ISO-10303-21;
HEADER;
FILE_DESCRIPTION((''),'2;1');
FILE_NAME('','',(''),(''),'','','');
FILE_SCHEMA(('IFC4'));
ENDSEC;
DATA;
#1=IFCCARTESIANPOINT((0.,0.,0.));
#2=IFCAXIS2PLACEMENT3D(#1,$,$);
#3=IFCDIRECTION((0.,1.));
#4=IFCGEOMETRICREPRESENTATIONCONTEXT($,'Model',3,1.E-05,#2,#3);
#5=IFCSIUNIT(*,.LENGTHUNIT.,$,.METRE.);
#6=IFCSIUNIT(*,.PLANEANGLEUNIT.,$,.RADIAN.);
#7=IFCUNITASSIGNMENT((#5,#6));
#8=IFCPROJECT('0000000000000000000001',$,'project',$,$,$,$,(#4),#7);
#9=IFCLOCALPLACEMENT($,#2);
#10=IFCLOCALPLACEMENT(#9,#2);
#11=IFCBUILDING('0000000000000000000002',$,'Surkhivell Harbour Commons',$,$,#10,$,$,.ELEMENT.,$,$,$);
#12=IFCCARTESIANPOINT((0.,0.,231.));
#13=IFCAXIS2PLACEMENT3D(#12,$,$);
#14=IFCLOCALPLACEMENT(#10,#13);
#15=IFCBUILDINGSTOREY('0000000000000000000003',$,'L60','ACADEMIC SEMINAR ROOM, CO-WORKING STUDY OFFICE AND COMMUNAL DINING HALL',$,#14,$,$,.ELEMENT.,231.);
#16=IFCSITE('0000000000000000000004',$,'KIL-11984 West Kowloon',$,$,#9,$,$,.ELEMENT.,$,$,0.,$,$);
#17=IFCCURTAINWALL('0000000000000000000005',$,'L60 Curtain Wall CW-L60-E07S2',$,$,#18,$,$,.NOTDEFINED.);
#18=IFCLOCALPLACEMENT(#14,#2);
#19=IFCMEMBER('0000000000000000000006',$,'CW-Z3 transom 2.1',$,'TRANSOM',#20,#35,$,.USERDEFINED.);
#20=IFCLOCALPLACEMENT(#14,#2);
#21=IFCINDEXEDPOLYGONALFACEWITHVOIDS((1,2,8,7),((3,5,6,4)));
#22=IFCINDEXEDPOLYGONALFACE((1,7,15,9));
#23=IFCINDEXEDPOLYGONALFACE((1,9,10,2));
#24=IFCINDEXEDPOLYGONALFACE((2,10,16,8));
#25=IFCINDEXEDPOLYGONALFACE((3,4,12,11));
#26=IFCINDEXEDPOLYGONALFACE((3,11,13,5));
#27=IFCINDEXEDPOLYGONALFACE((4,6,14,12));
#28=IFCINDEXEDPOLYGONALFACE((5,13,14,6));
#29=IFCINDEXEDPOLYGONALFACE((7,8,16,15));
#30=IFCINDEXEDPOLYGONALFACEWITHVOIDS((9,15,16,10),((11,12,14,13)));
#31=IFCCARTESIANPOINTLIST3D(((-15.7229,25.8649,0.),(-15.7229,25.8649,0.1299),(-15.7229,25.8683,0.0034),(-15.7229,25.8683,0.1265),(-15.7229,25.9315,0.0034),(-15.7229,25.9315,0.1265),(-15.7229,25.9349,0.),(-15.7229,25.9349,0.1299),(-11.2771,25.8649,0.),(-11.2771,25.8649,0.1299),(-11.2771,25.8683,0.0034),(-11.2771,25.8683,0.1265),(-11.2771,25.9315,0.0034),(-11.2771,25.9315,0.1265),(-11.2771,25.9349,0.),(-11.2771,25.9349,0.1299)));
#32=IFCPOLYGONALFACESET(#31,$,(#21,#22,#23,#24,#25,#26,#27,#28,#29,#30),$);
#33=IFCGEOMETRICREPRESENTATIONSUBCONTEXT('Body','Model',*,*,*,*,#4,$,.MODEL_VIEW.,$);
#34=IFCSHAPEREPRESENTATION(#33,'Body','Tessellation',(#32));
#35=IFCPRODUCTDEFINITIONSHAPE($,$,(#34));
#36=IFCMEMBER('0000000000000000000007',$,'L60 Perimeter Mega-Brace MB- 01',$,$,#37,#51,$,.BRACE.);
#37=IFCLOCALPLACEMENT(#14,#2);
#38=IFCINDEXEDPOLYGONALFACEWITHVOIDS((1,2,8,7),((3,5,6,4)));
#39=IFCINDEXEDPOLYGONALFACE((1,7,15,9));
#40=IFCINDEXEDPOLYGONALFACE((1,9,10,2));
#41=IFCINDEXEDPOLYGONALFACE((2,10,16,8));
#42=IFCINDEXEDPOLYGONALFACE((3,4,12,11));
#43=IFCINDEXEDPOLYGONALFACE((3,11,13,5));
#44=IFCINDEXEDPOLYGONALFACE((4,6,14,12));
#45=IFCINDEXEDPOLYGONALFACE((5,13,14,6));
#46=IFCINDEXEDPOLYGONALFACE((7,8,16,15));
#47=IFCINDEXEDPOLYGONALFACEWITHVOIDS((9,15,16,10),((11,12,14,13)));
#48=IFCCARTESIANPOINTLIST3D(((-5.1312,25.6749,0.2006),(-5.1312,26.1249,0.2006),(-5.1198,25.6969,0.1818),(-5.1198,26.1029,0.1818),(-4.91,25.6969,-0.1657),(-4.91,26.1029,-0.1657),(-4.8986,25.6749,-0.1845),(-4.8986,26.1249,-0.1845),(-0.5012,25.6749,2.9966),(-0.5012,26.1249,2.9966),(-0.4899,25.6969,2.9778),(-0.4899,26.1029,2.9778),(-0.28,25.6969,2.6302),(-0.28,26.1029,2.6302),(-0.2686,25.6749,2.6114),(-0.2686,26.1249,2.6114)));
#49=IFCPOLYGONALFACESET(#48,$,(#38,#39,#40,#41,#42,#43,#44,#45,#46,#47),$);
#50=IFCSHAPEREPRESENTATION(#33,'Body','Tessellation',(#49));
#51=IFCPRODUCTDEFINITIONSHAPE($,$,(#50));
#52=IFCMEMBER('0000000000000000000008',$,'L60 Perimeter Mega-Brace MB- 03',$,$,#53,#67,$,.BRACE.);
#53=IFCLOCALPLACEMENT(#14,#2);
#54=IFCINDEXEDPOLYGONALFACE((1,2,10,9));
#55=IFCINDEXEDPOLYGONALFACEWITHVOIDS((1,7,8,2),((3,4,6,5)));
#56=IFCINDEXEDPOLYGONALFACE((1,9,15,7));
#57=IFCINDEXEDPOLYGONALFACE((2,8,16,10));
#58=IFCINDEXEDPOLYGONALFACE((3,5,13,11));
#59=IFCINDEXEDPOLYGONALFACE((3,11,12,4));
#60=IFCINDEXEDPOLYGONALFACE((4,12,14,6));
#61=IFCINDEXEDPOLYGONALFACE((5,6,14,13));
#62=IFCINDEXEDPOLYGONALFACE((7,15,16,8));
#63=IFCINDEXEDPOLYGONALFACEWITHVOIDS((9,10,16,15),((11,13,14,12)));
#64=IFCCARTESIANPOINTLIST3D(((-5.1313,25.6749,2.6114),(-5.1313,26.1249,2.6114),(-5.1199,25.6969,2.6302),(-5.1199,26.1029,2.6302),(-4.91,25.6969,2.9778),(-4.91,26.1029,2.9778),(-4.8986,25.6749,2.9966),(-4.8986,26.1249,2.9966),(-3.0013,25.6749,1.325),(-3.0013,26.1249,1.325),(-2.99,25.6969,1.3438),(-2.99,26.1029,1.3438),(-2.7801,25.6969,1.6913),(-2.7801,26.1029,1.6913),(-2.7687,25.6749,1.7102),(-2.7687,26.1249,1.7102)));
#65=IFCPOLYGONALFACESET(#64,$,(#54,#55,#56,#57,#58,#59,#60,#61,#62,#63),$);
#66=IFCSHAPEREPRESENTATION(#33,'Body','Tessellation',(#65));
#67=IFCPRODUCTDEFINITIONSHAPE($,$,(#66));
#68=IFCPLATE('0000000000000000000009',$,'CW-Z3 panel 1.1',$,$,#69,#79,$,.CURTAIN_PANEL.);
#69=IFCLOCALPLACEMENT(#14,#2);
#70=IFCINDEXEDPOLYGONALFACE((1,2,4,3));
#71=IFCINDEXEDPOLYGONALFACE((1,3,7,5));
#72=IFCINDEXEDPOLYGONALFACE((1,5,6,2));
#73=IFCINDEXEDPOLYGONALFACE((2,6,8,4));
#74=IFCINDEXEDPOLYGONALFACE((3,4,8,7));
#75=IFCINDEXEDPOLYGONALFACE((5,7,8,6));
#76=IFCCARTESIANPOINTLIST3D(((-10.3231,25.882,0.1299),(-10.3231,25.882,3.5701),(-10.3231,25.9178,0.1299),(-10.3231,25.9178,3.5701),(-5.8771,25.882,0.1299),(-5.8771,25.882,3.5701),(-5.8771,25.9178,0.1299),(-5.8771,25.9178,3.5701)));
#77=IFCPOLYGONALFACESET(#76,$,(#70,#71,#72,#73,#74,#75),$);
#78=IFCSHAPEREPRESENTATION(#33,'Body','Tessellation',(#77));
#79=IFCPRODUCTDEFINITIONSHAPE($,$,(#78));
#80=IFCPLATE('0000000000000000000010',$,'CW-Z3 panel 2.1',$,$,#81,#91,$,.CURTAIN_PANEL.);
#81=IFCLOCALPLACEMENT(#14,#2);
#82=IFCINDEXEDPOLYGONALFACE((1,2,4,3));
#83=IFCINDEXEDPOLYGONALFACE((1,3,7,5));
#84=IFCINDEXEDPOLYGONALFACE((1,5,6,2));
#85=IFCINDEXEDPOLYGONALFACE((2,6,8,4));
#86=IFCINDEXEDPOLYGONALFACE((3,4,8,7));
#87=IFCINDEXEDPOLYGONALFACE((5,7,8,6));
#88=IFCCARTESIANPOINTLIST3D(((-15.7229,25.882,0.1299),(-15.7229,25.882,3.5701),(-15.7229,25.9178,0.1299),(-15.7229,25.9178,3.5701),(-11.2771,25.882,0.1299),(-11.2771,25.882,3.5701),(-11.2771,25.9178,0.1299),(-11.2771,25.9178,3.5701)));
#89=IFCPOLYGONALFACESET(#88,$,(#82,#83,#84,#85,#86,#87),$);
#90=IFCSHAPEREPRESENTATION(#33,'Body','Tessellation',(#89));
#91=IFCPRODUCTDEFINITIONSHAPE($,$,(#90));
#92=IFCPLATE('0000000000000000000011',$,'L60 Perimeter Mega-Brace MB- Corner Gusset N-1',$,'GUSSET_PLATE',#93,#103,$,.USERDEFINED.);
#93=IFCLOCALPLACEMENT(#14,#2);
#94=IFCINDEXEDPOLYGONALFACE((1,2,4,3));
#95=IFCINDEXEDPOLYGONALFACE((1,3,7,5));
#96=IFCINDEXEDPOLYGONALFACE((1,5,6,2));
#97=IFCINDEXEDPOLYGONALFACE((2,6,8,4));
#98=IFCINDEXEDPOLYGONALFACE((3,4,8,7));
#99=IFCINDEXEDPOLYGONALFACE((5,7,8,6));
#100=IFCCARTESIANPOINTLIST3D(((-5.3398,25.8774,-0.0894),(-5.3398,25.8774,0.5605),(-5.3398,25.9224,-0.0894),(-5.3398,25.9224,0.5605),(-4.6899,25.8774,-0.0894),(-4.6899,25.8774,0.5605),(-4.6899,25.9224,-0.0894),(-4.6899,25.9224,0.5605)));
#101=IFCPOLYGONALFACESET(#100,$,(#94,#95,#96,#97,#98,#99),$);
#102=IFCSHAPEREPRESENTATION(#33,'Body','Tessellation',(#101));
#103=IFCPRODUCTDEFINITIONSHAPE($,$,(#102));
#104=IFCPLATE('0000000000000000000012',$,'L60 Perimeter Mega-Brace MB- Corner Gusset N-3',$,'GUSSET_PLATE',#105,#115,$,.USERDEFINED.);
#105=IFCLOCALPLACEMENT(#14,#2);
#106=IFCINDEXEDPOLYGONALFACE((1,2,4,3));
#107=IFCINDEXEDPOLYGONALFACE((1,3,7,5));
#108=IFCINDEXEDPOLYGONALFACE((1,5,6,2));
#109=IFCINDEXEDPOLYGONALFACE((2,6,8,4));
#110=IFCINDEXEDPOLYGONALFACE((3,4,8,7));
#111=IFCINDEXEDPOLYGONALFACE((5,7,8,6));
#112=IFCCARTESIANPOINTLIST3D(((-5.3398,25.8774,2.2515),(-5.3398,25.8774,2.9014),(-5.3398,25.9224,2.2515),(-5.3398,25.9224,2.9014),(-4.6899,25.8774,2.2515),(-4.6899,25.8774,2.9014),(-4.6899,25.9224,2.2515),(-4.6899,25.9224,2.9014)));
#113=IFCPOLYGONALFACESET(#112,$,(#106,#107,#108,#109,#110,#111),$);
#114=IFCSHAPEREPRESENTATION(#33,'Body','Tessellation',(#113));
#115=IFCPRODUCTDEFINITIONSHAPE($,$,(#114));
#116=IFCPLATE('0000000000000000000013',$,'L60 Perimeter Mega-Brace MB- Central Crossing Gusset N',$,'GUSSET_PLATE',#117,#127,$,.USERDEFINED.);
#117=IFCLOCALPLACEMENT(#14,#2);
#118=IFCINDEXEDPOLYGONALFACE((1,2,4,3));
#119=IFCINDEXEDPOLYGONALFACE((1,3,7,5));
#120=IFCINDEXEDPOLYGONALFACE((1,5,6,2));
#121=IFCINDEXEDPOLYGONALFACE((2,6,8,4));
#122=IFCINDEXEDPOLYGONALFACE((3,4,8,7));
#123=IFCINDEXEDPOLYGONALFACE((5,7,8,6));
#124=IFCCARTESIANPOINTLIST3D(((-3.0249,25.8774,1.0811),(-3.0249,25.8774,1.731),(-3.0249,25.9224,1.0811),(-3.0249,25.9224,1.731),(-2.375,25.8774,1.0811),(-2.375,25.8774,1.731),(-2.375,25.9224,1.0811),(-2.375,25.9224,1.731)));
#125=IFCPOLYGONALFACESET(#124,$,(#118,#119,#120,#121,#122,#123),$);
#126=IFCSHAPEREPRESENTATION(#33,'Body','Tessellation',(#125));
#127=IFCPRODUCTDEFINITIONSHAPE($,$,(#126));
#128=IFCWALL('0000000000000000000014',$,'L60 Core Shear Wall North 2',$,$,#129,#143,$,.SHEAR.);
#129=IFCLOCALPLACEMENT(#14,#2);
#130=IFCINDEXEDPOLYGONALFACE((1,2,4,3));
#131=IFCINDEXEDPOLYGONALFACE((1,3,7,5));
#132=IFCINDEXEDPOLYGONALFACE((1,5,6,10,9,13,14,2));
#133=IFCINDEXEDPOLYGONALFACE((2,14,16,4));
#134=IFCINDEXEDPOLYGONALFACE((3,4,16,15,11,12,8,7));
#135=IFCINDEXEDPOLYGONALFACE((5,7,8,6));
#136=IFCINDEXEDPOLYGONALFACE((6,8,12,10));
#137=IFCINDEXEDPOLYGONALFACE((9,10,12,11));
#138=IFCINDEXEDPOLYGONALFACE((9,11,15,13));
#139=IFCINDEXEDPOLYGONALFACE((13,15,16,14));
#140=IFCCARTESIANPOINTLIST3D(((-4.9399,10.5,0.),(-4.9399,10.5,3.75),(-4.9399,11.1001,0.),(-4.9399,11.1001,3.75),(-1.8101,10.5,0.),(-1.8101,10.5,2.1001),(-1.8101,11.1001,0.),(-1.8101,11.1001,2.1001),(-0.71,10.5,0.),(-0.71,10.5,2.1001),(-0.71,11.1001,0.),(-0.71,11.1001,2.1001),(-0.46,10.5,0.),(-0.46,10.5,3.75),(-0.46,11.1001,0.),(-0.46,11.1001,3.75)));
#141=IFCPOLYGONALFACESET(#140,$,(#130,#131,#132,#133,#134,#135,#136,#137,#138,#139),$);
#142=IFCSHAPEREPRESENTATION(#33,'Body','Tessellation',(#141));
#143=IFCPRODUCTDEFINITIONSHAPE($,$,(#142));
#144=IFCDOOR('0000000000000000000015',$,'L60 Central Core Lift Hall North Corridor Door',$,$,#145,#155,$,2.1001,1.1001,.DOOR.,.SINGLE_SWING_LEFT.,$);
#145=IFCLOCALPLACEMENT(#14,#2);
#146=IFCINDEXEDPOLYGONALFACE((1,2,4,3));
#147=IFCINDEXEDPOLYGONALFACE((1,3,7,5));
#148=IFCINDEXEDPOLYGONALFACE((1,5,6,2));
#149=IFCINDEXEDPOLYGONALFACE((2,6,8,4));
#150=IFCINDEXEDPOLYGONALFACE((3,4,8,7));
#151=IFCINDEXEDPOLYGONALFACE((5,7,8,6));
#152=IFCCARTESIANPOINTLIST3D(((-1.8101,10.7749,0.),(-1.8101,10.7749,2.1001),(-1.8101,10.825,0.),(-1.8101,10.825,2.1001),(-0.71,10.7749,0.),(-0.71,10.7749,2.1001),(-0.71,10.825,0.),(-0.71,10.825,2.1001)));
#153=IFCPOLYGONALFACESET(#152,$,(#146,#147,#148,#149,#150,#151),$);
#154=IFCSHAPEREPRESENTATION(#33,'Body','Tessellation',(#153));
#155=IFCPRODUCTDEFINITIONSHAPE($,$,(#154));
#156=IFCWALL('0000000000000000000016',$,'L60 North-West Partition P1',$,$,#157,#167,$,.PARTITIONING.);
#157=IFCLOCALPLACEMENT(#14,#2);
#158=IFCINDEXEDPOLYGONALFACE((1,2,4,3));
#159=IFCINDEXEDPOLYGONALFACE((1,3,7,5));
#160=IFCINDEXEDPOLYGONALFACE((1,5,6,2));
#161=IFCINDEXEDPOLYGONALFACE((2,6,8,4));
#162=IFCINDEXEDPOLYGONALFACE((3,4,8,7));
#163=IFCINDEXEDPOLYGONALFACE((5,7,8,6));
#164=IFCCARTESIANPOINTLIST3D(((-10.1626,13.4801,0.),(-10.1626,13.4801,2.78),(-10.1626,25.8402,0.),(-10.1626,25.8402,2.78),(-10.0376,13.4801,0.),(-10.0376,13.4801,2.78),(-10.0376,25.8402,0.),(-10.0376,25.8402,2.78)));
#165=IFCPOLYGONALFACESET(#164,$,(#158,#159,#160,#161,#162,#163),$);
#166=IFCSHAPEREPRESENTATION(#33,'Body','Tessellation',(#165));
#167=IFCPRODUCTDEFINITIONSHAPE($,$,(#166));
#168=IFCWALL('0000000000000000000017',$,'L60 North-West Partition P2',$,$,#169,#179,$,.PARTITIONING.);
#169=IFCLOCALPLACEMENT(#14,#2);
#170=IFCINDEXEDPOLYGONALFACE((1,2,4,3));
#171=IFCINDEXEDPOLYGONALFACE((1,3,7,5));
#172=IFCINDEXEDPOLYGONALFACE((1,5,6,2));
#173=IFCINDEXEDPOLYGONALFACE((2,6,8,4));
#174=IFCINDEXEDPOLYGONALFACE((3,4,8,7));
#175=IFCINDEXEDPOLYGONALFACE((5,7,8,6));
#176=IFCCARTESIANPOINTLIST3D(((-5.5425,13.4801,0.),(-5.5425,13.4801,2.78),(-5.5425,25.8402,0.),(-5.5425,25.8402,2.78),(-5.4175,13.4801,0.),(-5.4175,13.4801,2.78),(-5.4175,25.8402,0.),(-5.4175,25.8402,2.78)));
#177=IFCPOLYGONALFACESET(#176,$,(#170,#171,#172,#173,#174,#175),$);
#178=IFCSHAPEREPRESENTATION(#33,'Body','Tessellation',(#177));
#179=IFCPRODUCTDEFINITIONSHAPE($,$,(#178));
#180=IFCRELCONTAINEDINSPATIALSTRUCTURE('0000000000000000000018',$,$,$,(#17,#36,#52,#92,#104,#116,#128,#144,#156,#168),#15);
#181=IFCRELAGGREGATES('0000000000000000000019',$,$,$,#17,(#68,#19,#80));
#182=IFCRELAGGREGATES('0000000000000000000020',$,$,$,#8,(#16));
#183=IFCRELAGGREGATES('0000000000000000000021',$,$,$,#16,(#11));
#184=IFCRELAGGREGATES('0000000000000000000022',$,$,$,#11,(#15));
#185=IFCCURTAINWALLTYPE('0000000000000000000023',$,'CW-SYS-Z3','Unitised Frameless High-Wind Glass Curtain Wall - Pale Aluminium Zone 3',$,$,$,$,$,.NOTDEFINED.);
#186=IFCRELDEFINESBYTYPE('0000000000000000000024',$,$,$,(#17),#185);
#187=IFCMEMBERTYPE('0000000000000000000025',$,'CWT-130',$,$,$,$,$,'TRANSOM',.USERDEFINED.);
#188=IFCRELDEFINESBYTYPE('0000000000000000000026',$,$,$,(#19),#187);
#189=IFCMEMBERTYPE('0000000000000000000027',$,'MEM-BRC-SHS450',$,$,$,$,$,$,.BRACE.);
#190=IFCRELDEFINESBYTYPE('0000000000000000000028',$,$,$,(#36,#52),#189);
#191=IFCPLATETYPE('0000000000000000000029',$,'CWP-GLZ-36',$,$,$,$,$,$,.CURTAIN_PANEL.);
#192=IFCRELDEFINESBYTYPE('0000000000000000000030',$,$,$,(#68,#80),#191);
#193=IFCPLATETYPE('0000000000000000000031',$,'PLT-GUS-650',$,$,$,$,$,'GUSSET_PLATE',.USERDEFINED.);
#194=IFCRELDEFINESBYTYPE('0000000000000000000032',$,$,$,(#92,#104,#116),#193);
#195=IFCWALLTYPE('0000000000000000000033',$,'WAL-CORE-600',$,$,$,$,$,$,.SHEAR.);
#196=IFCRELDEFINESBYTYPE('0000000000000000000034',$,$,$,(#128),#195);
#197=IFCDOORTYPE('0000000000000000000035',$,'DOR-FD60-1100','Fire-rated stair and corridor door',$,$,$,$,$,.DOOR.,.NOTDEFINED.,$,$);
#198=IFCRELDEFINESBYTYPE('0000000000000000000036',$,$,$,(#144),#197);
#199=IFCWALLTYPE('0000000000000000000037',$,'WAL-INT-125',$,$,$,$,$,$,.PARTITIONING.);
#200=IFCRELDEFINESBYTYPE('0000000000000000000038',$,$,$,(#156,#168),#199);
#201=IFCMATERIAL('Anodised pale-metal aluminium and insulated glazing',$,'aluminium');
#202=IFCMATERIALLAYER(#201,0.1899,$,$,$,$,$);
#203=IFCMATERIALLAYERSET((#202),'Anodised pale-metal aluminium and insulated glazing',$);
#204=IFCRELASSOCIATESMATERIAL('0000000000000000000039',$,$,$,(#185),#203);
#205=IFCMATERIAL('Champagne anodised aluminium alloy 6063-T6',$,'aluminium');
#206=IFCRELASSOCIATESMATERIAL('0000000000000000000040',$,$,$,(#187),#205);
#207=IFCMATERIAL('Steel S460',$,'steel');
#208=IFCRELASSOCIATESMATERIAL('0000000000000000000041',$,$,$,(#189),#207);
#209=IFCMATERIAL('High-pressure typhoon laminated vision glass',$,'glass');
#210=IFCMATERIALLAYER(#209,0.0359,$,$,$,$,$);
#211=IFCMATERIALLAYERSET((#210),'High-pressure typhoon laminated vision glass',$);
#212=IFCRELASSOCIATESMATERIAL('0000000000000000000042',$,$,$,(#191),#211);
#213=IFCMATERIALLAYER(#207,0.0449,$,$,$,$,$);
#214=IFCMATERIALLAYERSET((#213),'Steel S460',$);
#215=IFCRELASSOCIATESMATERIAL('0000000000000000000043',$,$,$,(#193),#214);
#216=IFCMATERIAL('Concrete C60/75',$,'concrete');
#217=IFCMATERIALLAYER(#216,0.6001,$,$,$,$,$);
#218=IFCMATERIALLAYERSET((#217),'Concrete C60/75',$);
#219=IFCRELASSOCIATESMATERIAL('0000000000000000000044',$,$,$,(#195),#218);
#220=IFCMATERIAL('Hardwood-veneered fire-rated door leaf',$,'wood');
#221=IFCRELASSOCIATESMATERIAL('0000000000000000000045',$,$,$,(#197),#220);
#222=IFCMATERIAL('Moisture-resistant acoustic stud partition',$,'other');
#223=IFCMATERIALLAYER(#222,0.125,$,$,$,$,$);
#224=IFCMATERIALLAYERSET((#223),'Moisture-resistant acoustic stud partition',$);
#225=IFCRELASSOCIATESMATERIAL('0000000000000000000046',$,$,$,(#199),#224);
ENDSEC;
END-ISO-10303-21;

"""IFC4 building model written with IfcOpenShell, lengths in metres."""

from ifc_helpers import new_model, si_unit, direction, frame, frame_2d, origin, origin_2d, place, context, subcontext, project, spatial, rectangle, hollow_rectangle, extrude, material, layer, layer_set, material_profile, profile_set, type_object, element, fill, aggregate, save


model = new_model("IFC4")

# Units and contexts
model_context = context("Model", 3, precision=1e-05, world=origin(), true_north=direction((0.0, 1.0)))
body_context = subcontext(model_context, "Body", "Model", "MODEL_VIEW")
ifc_project = project(units=[si_unit("LENGTHUNIT", "METRE"), si_unit("PLANEANGLEUNIT", "RADIAN")], contexts=[model_context])

# Site, building, storey
site_placement = place(None, origin())
site = spatial("IfcSite", under=ifc_project, at=site_placement, Name="KIL-11984 West Kowloon", CompositionType="ELEMENT", RefElevation=0.0)
building_placement = place(site_placement, origin())
building = spatial("IfcBuilding", under=site, at=building_placement, Name="Surkhivell Harbour Commons", CompositionType="ELEMENT")
storey_placement = place(building_placement, frame((0.0, 0.0, 231.0)))
storey = spatial("IfcBuildingStorey", under=building, at=storey_placement, Name="L60", Description="ACADEMIC SEMINAR ROOM, CO-WORKING STUDY OFFICE AND COMMUNAL DINING HALL", CompositionType="ELEMENT", Elevation=231.0)

# Curtain wall, member
ifc_material_1 = material(Name="Anodised pale-metal aluminium and insulated glazing", Category="aluminium")
ifc_layer_1 = layer(ifc_material_1, 0.1899)
ifc_layer_set_1 = layer_set([ifc_layer_1], Name="Anodised pale-metal aluminium and insulated glazing")
curtain_wall_type = type_object("IfcCurtainWallType", Name="CW-SYS-Z3", Description="Unitised Frameless High-Wind Glass Curtain Wall - Pale Aluminium Zone 3", PredefinedType="NOTDEFINED", material=ifc_layer_set_1)
curtain_wall_placement = place(storey_placement, origin())
curtain_wall = element("IfcCurtainWall", 1, at=curtain_wall_placement, inside=storey, type_object=curtain_wall_type, Name="L60 Curtain Wall CW-L60-E07S2", PredefinedType="NOTDEFINED")
ifc_material_2 = material(Name="Champagne anodised aluminium alloy 6063-T6", Category="aluminium")
ifc_material_profile_1 = material_profile(ifc_material_2, hollow_rectangle(XDim=0.0701, YDim=0.1299, WallThickness=0.0034, at=origin_2d()), Name="ALU-TRAN-70x130")
ifc_profile_set_1 = profile_set([ifc_material_profile_1], Name="Champagne anodised aluminium alloy 6063-T6")
member_type_1 = type_object("IfcMemberType", Name="CWT-130", ElementType="TRANSOM", PredefinedType="USERDEFINED", material=ifc_profile_set_1)
member_1_placement = place(storey_placement, frame((-11.2771, 25.8999, 0.0649), z_axis=(-1.0, 0.0, 0.0), x_axis=(0.0, -1.0, 0.0)))
member_1 = element("IfcMember", 2, at=member_1_placement, type_object=member_type_1, Name="CW-Z3 transom 2.1", ObjectType="TRANSOM", PredefinedType="USERDEFINED", context=body_context, shape_type="SweptSolid", body=[
    extrude(hollow_rectangle(XDim=0.0701, YDim=0.1299, WallThickness=0.0034, at=origin_2d()), origin(), (0.0, 0.0, 1.0), 4.4458),
])

# Members
ifc_material_3 = material(Name="Steel S460", Category="steel")
ifc_material_profile_2 = material_profile(ifc_material_3, hollow_rectangle(XDim=0.45, YDim=0.45, WallThickness=0.022, at=origin_2d()), Name="SHS450x450x22")
ifc_profile_set_2 = profile_set([ifc_material_profile_2], Name="Steel S460")
member_type_2 = type_object("IfcMemberType", Name="MEM-BRC-SHS450", PredefinedType="BRACE", material=ifc_profile_set_2)
member_2_placement = place(storey_placement, frame((-5.0149, 25.8999, 0.0081), z_axis=(0.856024, 0.0, 0.516937), x_axis=(0.0, 1.0, 0.0)))
element("IfcMember", 3, at=member_2_placement, inside=storey, type_object=member_type_2, Name="L60 Perimeter Mega-Brace MB- 01", PredefinedType="BRACE", context=body_context, shape_type="SweptSolid", body=[
    extrude(hollow_rectangle(XDim=0.45, YDim=0.45, WallThickness=0.022, at=origin_2d()), origin(), (0.0, 0.0, 1.0), 5.4087),
])
member_3_placement = place(storey_placement, frame((-2.885, 25.8999, 1.5176), z_axis=(-0.855992, 0.0, 0.51699), x_axis=(0.0, -1.0, 0.0)))
element("IfcMember", 4, at=member_3_placement, inside=storey, type_object=member_type_2, Name="L60 Perimeter Mega-Brace MB- 03", PredefinedType="BRACE", context=body_context, shape_type="SweptSolid", body=[
    extrude(hollow_rectangle(XDim=0.45, YDim=0.45, WallThickness=0.022, at=origin_2d()), origin(), (0.0, 0.0, 1.0), 2.4883),
])

# Plates
ifc_material_4 = material(Name="High-pressure typhoon laminated vision glass", Category="glass")
ifc_layer_2 = layer(ifc_material_4, 0.0359)
ifc_layer_set_2 = layer_set([ifc_layer_2], Name="High-pressure typhoon laminated vision glass")
plate_type_1 = type_object("IfcPlateType", Name="CWP-GLZ-36", PredefinedType="CURTAIN_PANEL", material=ifc_layer_set_2)
plate_1_placement = place(storey_placement, frame((-5.877, 25.8999, 0.1299), z_axis=(0.0, 0.0, 1.0), x_axis=(-1.0, 0.0, 0.0)))
plate_1 = element("IfcPlate", 5, at=plate_1_placement, type_object=plate_type_1, Name="CW-Z3 panel 1.1", PredefinedType="CURTAIN_PANEL", context=body_context, shape_type="SweptSolid", body=[
    extrude(rectangle(XDim=4.446, YDim=0.0359, at=frame_2d((2.2231, 0.0))), origin(), (0.0, 0.0, 1.0), 3.4402),
])
plate_2_placement = place(storey_placement, frame((-11.2771, 25.8999, 0.1299), z_axis=(0.0, 0.0, 1.0), x_axis=(-1.0, 0.0, 0.0)))
plate_2 = element("IfcPlate", 6, at=plate_2_placement, type_object=plate_type_1, Name="CW-Z3 panel 2.1", PredefinedType="CURTAIN_PANEL", context=body_context, shape_type="SweptSolid", body=[
    extrude(rectangle(XDim=4.4458, YDim=0.0359, at=frame_2d((2.2229, 0.0))), origin(), (0.0, 0.0, 1.0), 3.4402),
])
aggregate(curtain_wall, [plate_1, member_1, plate_2])

# Plates
ifc_layer_3 = layer(ifc_material_3, 0.0449)
ifc_layer_set_3 = layer_set([ifc_layer_3], Name="Steel S460")
plate_type_2 = type_object("IfcPlateType", Name="PLT-GUS-650", ElementType="GUSSET_PLATE", PredefinedType="USERDEFINED", material=ifc_layer_set_3)
for number, where, z_axis, x_axis, name in (
    (7, (-5.0149, 25.8999, -0.0894), (0.0, 0.0, 1.0), (1.0, 0.0, 0.0), "L60 Perimeter Mega-Brace MB- Corner Gusset N-1"),
    (8, (-5.0149, 25.8999, 2.2515), (0.0, 0.0, 1.0), (1.0, 0.0, 0.0), "L60 Perimeter Mega-Brace MB- Corner Gusset N-3"),
    (9, (-2.7, 25.8999, 1.0811), (0.0, 0.0, 1.0), (1.0, 0.0, 0.0), "L60 Perimeter Mega-Brace MB- Central Crossing Gusset N"),
):
    element("IfcPlate", number, at=place(storey_placement, frame(where, z_axis=z_axis, x_axis=x_axis)), inside=storey, type_object=plate_type_2, Name=name, ObjectType="GUSSET_PLATE", PredefinedType="USERDEFINED", context=body_context, shape_type="SweptSolid", body=[
        extrude(rectangle(XDim=0.6499, YDim=0.0449, at=origin_2d()), origin(), (0.0, 0.0, 1.0), 0.6499),
    ])

# Wall, opening, door
ifc_material_5 = material(Name="Concrete C60/75", Category="concrete")
ifc_layer_4 = layer(ifc_material_5, 0.6001)
ifc_layer_set_4 = layer_set([ifc_layer_4], Name="Concrete C60/75")
wall_type_1 = type_object("IfcWallType", Name="WAL-CORE-600", PredefinedType="SHEAR", material=ifc_layer_set_4)
wall_1_placement = place(storey_placement, frame((-4.9399, 10.8, 0.0), z_axis=(0.0, 0.0, 1.0), x_axis=(1.0, 0.0, 0.0)))
wall_1 = element("IfcWall", 10, at=wall_1_placement, inside=storey, type_object=wall_type_1, Name="L60 Core Shear Wall North 2", PredefinedType="SHEAR", context=body_context, shape_type="SweptSolid", body=[
    extrude(rectangle(XDim=4.48, YDim=0.6001, at=frame_2d((2.24, 0.0))), origin(), (0.0, 0.0, 1.0), 3.75),
])
opening_1_placement = place(wall_1_placement, frame((3.1299, 0.0, 0.0)))
opening_1 = element("IfcOpeningElement", 11, at=opening_1_placement, cuts=wall_1, PredefinedType="OPENING", context=body_context, shape_type="SweptSolid", body=[
    extrude(rectangle(XDim=1.1001, YDim=2.1001, at=frame_2d((0.55, 1.05))), frame((0.0, 0.3101, 0.0), z_axis=(0.0, -1.0, 0.0), x_axis=(1.0, 0.0, 0.0)), (0.0, 0.0, 1.0), 0.6201),
])
ifc_material_6 = material(Name="Hardwood-veneered fire-rated door leaf", Category="wood")
door_type_1 = type_object("IfcDoorType", Name="DOR-FD60-1100", Description="Fire-rated stair and corridor door", OperationType="NOTDEFINED", PredefinedType="DOOR", material=ifc_material_6)
door_1_placement = place(opening_1_placement, origin())
door_1 = element("IfcDoor", 12, at=door_1_placement, inside=storey, type_object=door_type_1, Name="L60 Central Core Lift Hall North Corridor Door", OperationType="SINGLE_SWING_LEFT", OverallHeight=2.1001, OverallWidth=1.1001, PredefinedType="DOOR", context=body_context, shape_type="SweptSolid", body=[
    extrude(rectangle(XDim=1.1001, YDim=2.1001, at=frame_2d((0.55, 1.05))), frame((0.0, 0.0249, 0.0), z_axis=(0.0, -1.0, 0.0), x_axis=(1.0, 0.0, 0.0)), (0.0, 0.0, 1.0), 0.05),
])
fill(opening_1, door_1)

# Walls
ifc_material_7 = material(Name="Moisture-resistant acoustic stud partition", Category="other")
ifc_layer_5 = layer(ifc_material_7, 0.125)
ifc_layer_set_5 = layer_set([ifc_layer_5], Name="Moisture-resistant acoustic stud partition")
wall_type_2 = type_object("IfcWallType", Name="WAL-INT-125", PredefinedType="PARTITIONING", material=ifc_layer_set_5)
for number, where, z_axis, x_axis, name in (
    (13, (-10.1001, 13.48, 0.0), (0.0, 0.0, 1.0), (0.0, 1.0, 0.0), "L60 North-West Partition P1"),
    (14, (-5.48, 13.48, 0.0), (0.0, 0.0, 1.0), (0.0, 1.0, 0.0), "L60 North-West Partition P2"),
):
    element("IfcWall", number, at=place(storey_placement, frame(where, z_axis=z_axis, x_axis=x_axis)), inside=storey, type_object=wall_type_2, Name=name, PredefinedType="PARTITIONING", context=body_context, shape_type="SweptSolid", body=[
        extrude(rectangle(XDim=12.3601, YDim=0.125, at=frame_2d((6.1802, 0.0))), origin(), (0.0, 0.0, 1.0), 2.78),
    ])

save(model, "model.ifc")
